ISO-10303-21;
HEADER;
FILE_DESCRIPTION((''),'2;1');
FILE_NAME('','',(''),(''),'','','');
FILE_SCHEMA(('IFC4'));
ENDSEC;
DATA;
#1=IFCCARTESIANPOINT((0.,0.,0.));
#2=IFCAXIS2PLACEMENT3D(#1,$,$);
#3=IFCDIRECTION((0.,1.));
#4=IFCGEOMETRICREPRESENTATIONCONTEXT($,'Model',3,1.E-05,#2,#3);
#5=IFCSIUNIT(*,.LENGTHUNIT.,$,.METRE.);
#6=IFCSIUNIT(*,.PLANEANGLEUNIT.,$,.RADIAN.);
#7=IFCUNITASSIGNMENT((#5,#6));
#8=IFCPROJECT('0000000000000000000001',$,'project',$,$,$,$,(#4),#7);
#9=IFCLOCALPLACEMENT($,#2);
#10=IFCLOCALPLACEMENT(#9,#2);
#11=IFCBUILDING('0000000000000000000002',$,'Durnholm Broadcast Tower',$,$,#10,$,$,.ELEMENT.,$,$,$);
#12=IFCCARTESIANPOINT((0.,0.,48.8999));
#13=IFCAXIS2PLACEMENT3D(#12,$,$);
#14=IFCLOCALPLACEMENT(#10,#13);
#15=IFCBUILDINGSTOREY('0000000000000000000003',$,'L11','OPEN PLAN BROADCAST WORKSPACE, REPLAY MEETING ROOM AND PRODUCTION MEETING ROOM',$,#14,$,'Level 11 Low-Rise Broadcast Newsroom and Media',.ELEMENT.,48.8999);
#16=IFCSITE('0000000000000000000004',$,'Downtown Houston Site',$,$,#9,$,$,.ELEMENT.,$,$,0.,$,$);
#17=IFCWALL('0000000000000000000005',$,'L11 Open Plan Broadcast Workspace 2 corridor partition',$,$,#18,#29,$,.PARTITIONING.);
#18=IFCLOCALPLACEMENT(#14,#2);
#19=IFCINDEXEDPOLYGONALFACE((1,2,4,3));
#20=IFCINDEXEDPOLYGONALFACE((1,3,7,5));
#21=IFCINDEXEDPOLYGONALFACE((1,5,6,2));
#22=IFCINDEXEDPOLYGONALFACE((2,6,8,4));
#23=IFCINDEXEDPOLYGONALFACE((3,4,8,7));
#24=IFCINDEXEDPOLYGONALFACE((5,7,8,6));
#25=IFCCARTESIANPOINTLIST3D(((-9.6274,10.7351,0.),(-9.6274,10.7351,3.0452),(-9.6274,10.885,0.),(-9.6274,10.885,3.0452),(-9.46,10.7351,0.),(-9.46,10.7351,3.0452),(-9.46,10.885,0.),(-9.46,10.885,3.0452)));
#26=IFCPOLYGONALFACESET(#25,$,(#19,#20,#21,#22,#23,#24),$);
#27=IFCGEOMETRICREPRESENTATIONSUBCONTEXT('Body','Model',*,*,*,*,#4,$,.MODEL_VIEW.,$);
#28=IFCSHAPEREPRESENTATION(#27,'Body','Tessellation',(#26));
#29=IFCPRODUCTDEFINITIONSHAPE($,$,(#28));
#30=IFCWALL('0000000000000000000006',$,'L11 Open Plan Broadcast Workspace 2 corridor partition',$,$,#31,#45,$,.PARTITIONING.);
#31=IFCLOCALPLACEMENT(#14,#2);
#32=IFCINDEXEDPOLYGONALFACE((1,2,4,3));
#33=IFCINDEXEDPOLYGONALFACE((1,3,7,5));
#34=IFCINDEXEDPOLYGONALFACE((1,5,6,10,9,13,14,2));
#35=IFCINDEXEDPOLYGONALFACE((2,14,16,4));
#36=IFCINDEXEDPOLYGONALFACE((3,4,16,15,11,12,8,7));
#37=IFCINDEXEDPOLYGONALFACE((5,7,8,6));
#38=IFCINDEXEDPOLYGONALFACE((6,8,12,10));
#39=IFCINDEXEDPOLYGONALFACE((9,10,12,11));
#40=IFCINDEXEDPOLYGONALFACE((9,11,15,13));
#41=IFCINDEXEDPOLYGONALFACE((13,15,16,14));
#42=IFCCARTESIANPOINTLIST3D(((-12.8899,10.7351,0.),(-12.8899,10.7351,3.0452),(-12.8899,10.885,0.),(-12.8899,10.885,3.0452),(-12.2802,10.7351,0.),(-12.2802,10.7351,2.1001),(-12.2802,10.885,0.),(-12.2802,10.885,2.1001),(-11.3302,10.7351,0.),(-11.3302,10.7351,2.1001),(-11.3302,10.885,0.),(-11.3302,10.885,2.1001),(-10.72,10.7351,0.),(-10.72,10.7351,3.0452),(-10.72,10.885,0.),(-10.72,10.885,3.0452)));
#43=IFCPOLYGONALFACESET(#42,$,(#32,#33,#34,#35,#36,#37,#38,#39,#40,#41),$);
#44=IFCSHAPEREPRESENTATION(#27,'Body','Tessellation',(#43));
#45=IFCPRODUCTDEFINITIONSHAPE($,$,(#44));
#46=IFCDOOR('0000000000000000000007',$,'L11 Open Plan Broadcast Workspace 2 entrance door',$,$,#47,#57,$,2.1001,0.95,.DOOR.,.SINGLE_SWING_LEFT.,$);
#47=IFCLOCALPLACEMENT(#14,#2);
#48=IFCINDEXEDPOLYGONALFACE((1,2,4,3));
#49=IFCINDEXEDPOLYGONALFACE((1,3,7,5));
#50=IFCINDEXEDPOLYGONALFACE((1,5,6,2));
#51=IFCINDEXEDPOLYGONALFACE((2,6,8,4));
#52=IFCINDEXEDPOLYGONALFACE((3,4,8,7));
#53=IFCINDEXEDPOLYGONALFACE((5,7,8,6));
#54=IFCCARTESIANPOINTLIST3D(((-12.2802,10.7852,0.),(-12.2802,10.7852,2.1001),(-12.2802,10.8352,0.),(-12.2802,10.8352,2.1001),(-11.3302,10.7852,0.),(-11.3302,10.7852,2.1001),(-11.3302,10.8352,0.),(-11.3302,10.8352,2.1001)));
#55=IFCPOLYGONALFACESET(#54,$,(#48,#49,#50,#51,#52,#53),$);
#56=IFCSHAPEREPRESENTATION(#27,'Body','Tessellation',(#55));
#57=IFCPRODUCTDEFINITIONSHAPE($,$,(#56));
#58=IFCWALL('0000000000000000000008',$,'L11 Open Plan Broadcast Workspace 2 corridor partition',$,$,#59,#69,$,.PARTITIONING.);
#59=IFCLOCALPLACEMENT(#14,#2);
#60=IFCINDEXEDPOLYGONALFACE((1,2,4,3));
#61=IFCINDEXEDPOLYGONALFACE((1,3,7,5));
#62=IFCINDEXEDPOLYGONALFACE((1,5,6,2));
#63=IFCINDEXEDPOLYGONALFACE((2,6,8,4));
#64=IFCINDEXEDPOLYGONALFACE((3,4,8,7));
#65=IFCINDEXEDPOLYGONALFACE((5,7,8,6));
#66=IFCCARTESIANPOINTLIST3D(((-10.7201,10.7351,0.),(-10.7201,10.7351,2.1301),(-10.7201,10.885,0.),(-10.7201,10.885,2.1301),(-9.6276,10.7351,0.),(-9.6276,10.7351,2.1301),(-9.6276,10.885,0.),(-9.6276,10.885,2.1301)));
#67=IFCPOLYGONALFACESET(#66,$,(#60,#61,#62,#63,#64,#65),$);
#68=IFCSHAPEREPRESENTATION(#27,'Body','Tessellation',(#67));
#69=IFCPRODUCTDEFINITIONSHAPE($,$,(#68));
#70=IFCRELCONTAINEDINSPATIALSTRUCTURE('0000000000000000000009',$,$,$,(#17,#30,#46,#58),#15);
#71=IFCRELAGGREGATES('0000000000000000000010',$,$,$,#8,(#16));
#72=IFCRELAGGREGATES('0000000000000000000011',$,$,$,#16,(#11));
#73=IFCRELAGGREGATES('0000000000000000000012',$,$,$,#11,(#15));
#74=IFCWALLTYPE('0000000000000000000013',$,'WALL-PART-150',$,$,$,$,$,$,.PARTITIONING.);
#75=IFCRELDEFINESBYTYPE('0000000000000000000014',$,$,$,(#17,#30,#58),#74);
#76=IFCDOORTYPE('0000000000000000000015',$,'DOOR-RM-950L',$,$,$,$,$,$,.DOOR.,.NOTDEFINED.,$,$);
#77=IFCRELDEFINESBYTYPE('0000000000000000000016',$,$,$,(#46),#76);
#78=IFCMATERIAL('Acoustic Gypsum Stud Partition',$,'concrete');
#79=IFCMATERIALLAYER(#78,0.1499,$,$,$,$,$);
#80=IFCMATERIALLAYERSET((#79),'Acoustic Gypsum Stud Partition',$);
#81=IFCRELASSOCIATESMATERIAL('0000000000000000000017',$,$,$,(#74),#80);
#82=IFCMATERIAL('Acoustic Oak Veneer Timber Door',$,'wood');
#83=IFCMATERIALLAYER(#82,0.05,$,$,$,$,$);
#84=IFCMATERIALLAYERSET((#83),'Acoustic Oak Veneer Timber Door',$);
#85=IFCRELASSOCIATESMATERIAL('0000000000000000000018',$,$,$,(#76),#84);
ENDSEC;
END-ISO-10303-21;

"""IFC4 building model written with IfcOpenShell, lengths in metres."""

from ifc_helpers import new_model, si_unit, direction, frame, frame_2d, origin, place, context, subcontext, project, spatial, rectangle, extrude, source, transform, mapped, material, layer, layer_set, type_object, type_shapes, element, fill, save


model = new_model("IFC4")

# Units and contexts
model_context = context("Model", 3, precision=1e-05, world=origin(), true_north=direction((0.0, 1.0)))
body_context = subcontext(model_context, "Body", "Model", "MODEL_VIEW")
ifc_project = project(units=[si_unit("LENGTHUNIT", "METRE"), si_unit("PLANEANGLEUNIT", "RADIAN")], contexts=[model_context])

# Site, building, storey
site_placement = place(None, origin())
site = spatial("IfcSite", under=ifc_project, at=site_placement, Name="Downtown Houston Site", CompositionType="ELEMENT", RefElevation=0.0)
building_placement = place(site_placement, origin())
building = spatial("IfcBuilding", under=site, at=building_placement, Name="Durnholm Broadcast Tower", CompositionType="ELEMENT")
storey_placement = place(building_placement, frame((0.0, 0.0, 48.8999)))
storey = spatial("IfcBuildingStorey", under=building, at=storey_placement, Name="L11", Description="OPEN PLAN BROADCAST WORKSPACE, REPLAY MEETING ROOM AND PRODUCTION MEETING ROOM", LongName="Level 11 Low-Rise Broadcast Newsroom and Media", CompositionType="ELEMENT", Elevation=48.8999)

# Wall
ifc_material_1 = material(Name="Acoustic Gypsum Stud Partition", Category="concrete")
ifc_layer_1 = layer(ifc_material_1, 0.1499)
ifc_layer_set_1 = layer_set([ifc_layer_1], Name="Acoustic Gypsum Stud Partition")
wall_type_1 = type_object("IfcWallType", Name="WALL-PART-150", PredefinedType="PARTITIONING", material=ifc_layer_set_1)
wall_1_placement = place(storey_placement, frame((-9.46, 10.8101, 0.0), z_axis=(0.0, 0.0, 1.0), x_axis=(-1.0, 0.0, 0.0)))
element("IfcWall", 1, at=wall_1_placement, inside=storey, type_object=wall_type_1, Name="L11 Open Plan Broadcast Workspace 2 corridor partition", PredefinedType="PARTITIONING", context=body_context, shape_type="SweptSolid", body=[
    extrude(rectangle(XDim=0.1675, YDim=0.1499, at=frame_2d((0.0837, 0.0))), origin(), (0.0, 0.0, 1.0), 3.0452),
])

# Wall, opening, door
wall_2_placement = place(storey_placement, frame((-10.72, 10.8101, 0.0), z_axis=(0.0, 0.0, 1.0), x_axis=(-1.0, 0.0, 0.0)))
wall_2 = element("IfcWall", 2, at=wall_2_placement, inside=storey, type_object=wall_type_1, Name="L11 Open Plan Broadcast Workspace 2 corridor partition", PredefinedType="PARTITIONING", context=body_context, shape_type="SweptSolid", body=[
    extrude(rectangle(XDim=2.1699, YDim=0.1499, at=frame_2d((1.085, 0.0))), origin(), (0.0, 0.0, 1.0), 3.0452),
])
opening_placement = place(wall_2_placement, frame((0.6101, 0.0, 0.0)))
opening = element("IfcOpeningElement", 3, at=opening_placement, cuts=wall_2, PredefinedType="OPENING", context=body_context, shape_type="SweptSolid", body=[
    extrude(rectangle(XDim=0.95, YDim=2.1001, at=frame_2d((0.4751, 1.05))), frame((0.0, 0.085, 0.0), z_axis=(0.0, -1.0, 0.0), x_axis=(1.0, 0.0, 0.0)), (0.0, 0.0, 1.0), 0.1699),
])
ifc_material_2 = material(Name="Acoustic Oak Veneer Timber Door", Category="wood")
ifc_layer_2 = layer(ifc_material_2, 0.05)
ifc_layer_set_2 = layer_set([ifc_layer_2], Name="Acoustic Oak Veneer Timber Door")
door_type = type_object("IfcDoorType", Name="DOOR-RM-950L", OperationType="NOTDEFINED", PredefinedType="DOOR", material=ifc_layer_set_2)
shared_shape_1 = source(origin(), body_context, "Body", "SweptSolid", [
    extrude(rectangle(XDim=0.95, YDim=2.1001, at=frame_2d((0.4751, 1.05))), frame((0.0, 0.0249, 0.0), z_axis=(0.0, -1.0, 0.0), x_axis=(1.0, 0.0, 0.0)), (0.0, 0.0, 1.0), 0.05),
])
type_shapes(door_type, [shared_shape_1])
door_placement = place(opening_placement, origin())
door = element("IfcDoor", 4, at=door_placement, inside=storey, type_object=door_type, Name="L11 Open Plan Broadcast Workspace 2 entrance door", OperationType="SINGLE_SWING_LEFT", OverallHeight=2.1001, OverallWidth=0.95, PredefinedType="DOOR", context=body_context, shape_type="MappedRepresentation", body=[
    mapped(shared_shape_1, transform((0.0, 0.0, 0.0), x_axis=(1.0, 0.0, 0.0), y_axis=(0.0, 1.0, 0.0), z_axis=(0.0, 0.0, 1.0), scale=1.0)),
])
fill(opening, door)

# Wall
wall_3_placement = place(storey_placement, frame((-9.6274, 10.8101, 0.0), z_axis=(0.0, 0.0, 1.0), x_axis=(-1.0, 0.0, 0.0)))
element("IfcWall", 5, at=wall_3_placement, inside=storey, type_object=wall_type_1, Name="L11 Open Plan Broadcast Workspace 2 corridor partition", PredefinedType="PARTITIONING", context=body_context, shape_type="SweptSolid", body=[
    extrude(rectangle(XDim=1.0925, YDim=0.1499, at=frame_2d((0.5464, 0.0))), origin(), (0.0, 0.0, 1.0), 2.1301),
])

save(model, "model.ifc")
